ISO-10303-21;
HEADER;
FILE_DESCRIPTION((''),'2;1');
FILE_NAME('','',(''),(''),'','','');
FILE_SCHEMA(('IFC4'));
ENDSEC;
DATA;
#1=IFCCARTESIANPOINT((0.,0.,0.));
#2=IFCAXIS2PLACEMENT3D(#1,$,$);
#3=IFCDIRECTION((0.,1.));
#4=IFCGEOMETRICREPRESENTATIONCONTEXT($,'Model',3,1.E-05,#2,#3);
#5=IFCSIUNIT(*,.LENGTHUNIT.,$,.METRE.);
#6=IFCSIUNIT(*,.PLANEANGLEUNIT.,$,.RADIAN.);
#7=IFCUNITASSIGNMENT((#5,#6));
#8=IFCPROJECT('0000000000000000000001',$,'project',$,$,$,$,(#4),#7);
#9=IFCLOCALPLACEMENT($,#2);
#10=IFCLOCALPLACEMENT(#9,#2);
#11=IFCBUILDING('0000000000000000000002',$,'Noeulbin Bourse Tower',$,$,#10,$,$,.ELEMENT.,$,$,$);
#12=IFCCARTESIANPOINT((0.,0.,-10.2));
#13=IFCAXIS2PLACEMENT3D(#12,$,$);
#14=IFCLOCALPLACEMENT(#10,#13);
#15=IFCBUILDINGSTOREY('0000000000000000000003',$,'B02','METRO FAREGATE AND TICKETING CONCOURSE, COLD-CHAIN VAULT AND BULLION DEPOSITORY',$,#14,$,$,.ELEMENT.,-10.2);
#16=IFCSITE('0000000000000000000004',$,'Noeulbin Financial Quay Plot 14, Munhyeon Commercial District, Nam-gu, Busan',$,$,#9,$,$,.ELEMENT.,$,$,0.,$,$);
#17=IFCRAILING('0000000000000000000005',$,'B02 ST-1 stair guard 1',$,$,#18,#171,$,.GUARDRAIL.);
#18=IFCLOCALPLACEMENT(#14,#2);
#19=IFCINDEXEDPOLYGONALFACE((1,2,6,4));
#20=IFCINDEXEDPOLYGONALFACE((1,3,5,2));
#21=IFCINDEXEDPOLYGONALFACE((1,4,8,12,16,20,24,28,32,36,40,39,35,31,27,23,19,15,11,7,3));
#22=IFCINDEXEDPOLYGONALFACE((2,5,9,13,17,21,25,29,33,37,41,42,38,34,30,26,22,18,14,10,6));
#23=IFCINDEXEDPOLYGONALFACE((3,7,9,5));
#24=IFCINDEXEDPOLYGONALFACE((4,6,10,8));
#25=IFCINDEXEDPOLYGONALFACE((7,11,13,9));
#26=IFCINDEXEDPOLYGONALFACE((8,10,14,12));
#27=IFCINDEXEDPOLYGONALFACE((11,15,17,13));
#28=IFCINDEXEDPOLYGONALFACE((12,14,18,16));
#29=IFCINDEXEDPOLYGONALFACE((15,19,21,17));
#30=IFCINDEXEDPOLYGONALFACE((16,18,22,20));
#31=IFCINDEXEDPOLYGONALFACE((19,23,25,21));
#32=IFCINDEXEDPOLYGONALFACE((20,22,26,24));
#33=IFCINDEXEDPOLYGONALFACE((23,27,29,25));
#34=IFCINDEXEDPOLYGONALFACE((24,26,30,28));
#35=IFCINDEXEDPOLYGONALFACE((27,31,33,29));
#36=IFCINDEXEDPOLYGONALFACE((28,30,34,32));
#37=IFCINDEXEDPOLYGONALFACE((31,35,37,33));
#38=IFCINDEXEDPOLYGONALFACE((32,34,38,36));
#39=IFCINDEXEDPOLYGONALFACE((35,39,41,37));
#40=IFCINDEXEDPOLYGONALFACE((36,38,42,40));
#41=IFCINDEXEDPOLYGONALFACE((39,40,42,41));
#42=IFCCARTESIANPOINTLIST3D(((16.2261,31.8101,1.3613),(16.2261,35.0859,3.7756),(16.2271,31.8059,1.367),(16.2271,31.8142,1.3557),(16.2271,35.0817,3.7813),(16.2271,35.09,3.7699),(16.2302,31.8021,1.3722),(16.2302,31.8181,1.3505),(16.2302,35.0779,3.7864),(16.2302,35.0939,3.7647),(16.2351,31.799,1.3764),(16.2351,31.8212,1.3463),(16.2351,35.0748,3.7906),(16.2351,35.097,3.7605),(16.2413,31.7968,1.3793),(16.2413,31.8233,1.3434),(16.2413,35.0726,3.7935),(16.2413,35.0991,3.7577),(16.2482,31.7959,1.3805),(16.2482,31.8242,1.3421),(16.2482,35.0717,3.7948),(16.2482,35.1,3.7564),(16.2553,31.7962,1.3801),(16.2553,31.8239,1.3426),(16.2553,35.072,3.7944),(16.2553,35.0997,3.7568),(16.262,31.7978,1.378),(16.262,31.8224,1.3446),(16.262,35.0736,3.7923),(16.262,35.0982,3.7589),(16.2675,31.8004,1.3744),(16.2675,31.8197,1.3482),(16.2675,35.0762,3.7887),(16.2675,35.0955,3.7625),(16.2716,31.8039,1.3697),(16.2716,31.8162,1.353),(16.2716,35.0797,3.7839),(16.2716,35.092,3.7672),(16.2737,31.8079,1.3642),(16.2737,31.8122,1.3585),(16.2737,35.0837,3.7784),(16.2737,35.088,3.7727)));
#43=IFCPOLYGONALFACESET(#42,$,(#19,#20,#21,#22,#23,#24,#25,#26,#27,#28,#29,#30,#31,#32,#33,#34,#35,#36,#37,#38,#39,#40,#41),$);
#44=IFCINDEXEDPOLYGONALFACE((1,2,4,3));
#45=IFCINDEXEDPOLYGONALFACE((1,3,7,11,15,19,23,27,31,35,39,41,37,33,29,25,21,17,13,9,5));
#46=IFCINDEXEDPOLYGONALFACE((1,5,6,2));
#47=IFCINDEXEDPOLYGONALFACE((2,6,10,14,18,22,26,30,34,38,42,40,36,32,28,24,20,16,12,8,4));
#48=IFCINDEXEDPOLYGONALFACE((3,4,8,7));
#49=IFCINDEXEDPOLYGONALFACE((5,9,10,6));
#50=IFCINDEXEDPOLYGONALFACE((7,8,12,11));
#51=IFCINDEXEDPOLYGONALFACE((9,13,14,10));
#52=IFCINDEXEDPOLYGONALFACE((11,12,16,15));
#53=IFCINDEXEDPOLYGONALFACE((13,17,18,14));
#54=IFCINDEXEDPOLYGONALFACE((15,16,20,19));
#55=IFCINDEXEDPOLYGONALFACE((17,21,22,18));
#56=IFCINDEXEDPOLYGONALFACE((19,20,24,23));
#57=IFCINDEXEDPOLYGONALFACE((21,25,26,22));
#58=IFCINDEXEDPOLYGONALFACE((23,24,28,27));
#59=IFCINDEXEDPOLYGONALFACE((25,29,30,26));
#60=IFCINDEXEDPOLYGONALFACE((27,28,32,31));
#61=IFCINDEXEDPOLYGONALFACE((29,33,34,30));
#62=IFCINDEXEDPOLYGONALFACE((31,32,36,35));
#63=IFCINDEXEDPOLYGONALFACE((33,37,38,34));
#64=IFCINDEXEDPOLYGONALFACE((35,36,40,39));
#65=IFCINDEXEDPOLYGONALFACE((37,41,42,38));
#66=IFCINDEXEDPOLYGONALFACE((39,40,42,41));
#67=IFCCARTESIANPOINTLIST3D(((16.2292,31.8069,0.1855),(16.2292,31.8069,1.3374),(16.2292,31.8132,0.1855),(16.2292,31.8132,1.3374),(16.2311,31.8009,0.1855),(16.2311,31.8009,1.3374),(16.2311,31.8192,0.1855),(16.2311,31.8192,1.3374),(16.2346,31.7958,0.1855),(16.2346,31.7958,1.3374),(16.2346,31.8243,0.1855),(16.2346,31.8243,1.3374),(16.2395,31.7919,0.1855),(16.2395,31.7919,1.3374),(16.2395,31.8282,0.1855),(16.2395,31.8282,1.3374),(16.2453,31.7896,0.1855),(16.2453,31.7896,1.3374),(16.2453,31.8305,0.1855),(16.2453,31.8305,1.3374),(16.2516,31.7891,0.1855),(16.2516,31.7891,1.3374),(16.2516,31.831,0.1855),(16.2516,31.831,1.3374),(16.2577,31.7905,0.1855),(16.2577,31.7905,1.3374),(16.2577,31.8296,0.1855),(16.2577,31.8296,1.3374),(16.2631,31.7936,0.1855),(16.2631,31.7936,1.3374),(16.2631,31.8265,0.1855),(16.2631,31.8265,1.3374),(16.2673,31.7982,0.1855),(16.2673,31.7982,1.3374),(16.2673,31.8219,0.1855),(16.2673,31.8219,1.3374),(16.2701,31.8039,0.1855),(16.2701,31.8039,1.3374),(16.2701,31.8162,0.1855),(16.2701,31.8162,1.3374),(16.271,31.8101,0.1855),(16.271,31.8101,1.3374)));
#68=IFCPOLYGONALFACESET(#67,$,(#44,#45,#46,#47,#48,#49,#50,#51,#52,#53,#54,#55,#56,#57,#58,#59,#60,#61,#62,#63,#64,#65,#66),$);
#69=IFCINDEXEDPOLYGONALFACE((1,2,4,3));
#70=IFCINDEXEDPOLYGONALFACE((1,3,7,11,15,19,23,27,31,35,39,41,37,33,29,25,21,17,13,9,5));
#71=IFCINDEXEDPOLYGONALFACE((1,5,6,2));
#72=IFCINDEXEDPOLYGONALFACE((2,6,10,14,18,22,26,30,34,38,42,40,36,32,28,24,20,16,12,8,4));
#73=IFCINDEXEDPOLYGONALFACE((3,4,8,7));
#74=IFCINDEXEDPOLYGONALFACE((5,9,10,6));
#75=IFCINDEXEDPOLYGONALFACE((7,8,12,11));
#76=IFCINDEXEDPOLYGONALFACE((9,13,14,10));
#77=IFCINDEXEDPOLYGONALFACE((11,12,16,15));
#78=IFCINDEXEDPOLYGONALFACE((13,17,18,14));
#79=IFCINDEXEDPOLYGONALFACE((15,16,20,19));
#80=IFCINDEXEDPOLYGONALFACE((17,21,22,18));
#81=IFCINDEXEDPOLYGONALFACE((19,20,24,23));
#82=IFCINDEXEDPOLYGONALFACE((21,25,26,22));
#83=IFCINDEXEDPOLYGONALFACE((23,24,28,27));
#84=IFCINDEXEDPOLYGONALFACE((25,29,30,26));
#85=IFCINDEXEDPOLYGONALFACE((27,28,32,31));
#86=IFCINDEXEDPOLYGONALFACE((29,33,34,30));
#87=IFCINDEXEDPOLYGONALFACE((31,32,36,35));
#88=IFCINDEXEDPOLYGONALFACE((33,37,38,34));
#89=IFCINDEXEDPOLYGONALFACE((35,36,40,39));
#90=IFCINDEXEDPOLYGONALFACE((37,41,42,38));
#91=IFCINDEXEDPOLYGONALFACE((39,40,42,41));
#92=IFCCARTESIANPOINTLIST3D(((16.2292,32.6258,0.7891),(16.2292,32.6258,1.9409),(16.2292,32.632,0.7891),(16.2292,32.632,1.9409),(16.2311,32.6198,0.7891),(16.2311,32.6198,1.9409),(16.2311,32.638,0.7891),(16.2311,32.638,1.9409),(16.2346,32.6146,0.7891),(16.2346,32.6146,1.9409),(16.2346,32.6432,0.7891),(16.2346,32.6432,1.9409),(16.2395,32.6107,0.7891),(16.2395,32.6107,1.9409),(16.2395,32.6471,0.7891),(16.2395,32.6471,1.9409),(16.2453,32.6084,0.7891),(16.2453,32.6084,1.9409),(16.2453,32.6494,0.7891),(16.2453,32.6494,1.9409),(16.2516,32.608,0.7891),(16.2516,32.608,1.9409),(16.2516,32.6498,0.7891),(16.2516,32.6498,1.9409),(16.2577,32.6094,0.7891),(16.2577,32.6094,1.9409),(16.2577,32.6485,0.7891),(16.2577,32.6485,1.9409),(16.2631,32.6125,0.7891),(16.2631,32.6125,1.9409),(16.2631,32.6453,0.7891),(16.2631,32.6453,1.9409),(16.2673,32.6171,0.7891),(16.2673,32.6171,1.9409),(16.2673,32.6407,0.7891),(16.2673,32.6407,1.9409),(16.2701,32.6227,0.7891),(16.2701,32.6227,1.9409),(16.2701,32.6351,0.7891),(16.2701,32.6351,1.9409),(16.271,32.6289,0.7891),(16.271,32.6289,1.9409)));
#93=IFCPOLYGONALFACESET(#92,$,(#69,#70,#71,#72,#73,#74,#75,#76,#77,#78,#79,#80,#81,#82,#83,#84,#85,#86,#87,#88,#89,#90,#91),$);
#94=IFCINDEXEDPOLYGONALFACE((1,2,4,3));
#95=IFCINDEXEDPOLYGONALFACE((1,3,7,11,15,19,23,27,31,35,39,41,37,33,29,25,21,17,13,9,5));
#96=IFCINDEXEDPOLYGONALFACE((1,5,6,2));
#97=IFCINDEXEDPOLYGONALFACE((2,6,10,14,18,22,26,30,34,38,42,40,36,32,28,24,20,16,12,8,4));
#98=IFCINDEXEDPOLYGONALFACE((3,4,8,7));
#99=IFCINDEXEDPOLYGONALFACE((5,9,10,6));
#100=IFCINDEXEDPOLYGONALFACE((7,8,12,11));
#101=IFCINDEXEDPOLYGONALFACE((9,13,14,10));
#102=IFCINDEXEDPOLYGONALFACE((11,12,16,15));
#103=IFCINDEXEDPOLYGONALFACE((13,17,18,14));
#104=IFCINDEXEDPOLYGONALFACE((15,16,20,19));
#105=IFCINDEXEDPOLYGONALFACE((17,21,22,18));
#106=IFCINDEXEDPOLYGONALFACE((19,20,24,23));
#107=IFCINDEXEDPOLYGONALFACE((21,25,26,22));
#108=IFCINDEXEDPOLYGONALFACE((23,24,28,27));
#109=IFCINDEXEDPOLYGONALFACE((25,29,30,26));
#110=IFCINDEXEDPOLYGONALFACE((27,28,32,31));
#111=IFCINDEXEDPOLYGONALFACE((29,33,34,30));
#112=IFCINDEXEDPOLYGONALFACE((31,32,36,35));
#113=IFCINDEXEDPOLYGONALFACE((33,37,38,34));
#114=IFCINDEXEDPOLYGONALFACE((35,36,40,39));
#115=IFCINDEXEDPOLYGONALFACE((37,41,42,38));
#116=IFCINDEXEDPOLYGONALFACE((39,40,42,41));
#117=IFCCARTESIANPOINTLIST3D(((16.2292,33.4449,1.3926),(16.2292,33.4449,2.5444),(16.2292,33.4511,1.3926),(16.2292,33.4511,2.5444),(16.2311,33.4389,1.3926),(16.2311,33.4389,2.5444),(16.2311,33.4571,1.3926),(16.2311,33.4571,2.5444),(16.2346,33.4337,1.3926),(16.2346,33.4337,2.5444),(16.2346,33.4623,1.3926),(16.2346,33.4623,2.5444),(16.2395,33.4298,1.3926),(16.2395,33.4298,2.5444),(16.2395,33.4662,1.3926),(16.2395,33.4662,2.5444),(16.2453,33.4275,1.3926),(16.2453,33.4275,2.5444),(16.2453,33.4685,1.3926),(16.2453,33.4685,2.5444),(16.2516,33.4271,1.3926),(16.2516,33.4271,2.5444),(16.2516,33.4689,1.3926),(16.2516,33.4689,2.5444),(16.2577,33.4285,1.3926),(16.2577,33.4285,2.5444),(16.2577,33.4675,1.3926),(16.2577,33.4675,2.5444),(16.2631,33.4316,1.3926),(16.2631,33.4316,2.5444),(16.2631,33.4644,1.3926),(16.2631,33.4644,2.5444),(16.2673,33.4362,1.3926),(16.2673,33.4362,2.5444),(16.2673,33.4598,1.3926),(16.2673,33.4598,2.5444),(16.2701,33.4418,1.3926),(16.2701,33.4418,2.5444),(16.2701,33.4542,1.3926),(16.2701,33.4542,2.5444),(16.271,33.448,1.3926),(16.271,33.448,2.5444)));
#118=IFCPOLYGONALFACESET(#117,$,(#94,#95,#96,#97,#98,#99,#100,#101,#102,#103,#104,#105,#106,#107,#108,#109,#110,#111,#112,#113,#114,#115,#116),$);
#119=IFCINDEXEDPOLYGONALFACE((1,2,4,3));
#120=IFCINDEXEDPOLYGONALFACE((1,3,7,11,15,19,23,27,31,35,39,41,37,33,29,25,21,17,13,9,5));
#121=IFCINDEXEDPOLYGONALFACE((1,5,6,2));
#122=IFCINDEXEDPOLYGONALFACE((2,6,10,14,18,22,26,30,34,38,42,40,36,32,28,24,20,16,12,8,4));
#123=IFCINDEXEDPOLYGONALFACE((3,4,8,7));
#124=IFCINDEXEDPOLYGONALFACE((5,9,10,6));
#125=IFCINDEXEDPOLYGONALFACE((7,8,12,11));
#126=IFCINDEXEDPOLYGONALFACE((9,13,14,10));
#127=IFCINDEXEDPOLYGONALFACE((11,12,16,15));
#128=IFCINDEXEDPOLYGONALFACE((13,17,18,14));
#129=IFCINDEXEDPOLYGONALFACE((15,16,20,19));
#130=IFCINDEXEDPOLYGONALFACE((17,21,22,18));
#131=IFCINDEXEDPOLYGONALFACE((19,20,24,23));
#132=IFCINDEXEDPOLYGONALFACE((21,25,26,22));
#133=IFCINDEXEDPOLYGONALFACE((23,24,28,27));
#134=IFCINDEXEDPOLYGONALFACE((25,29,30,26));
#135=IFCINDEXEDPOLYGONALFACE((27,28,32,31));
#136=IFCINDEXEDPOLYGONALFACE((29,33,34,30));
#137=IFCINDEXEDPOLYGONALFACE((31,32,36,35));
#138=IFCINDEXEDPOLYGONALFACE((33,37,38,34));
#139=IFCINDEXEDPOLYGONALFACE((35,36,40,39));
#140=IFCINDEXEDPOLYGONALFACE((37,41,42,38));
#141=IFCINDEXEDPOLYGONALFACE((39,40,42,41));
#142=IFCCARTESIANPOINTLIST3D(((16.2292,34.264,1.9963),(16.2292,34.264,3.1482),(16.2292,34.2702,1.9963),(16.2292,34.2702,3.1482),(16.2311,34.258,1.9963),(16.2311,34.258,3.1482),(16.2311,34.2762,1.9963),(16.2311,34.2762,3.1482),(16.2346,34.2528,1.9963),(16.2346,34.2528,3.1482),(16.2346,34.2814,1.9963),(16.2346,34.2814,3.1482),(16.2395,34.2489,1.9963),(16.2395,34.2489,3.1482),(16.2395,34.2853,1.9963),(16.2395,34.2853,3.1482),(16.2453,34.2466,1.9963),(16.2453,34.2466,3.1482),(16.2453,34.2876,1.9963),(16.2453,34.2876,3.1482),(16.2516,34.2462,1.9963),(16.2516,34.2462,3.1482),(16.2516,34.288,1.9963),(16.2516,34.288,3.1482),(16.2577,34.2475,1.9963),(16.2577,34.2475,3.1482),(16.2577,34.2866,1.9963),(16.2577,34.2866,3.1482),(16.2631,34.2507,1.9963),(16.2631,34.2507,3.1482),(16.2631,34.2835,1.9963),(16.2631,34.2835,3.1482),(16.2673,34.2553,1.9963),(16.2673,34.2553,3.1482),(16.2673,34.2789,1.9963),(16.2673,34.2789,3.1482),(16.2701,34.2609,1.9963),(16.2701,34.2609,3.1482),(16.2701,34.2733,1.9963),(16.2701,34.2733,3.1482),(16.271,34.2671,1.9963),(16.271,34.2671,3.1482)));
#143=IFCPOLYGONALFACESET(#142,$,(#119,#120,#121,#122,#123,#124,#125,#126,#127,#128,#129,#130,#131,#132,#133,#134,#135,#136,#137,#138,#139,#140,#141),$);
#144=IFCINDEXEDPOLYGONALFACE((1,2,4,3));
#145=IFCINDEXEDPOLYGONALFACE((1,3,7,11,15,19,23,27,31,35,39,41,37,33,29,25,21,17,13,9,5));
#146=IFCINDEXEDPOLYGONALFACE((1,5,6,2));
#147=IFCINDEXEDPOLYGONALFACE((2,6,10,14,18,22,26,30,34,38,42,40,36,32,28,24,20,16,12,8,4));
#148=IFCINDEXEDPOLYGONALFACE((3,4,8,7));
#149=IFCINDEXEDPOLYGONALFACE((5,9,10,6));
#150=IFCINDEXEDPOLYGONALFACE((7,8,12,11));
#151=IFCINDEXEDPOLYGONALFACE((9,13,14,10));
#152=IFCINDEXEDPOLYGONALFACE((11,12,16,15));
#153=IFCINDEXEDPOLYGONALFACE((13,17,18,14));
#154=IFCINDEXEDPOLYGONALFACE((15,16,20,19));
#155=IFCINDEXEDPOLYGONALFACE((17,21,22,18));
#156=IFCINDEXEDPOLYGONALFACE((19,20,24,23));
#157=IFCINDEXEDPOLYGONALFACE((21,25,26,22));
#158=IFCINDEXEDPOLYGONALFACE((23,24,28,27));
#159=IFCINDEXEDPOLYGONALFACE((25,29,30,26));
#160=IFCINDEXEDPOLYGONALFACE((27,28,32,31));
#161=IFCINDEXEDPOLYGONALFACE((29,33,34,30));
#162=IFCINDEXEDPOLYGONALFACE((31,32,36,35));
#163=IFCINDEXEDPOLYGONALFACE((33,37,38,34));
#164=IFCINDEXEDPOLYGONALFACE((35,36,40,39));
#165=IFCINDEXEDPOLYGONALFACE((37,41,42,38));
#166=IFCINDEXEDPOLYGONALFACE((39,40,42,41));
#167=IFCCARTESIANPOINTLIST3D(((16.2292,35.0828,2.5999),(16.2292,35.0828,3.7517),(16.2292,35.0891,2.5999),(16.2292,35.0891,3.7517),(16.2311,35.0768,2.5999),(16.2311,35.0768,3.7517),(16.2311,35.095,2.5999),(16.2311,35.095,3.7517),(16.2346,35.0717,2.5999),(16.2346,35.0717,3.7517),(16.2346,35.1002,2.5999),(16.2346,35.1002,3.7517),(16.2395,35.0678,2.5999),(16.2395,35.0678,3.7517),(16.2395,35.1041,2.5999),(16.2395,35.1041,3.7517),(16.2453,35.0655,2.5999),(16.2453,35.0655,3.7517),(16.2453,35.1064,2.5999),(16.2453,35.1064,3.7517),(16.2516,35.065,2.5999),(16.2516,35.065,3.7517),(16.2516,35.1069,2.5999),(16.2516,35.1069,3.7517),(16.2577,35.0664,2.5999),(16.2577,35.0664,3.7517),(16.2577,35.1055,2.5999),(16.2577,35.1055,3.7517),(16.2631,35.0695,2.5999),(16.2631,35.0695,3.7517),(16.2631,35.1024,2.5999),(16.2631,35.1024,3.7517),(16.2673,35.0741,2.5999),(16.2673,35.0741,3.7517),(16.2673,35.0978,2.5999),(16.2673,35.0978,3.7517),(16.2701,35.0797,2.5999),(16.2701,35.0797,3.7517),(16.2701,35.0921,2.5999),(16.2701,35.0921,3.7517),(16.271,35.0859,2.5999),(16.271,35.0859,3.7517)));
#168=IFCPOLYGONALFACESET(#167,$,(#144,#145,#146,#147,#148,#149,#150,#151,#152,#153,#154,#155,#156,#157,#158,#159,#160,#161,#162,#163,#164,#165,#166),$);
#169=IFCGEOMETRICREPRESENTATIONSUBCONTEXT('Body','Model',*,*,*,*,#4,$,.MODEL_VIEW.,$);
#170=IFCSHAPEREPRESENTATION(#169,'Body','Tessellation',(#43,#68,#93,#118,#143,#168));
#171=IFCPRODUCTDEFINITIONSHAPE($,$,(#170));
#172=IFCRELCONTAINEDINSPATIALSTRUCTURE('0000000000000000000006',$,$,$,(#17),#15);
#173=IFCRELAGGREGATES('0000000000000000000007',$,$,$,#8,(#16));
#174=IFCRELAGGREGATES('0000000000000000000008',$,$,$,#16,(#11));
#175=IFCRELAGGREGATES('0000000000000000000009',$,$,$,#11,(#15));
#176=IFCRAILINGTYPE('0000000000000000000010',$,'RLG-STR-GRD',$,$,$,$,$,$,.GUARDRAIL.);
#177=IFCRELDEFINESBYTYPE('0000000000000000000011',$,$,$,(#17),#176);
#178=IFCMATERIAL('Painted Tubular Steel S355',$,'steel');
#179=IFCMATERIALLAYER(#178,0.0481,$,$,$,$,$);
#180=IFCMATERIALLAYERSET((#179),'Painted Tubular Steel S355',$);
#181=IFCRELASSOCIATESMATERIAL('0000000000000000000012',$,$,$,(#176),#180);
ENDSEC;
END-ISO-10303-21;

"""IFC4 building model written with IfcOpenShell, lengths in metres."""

from ifc_helpers import new_model, si_unit, direction, frame, origin, origin_2d, place, context, subcontext, project, spatial, circle, extrude, material, layer, layer_set, type_object, element, save


model = new_model("IFC4")

# Units and contexts
model_context = context("Model", 3, precision=1e-05, world=origin(), true_north=direction((0.0, 1.0)))
body_context = subcontext(model_context, "Body", "Model", "MODEL_VIEW")
ifc_project = project(units=[si_unit("LENGTHUNIT", "METRE"), si_unit("PLANEANGLEUNIT", "RADIAN")], contexts=[model_context])

# Site, building, storey
site_placement = place(None, origin())
site = spatial("IfcSite", under=ifc_project, at=site_placement, Name="Noeulbin Financial Quay Plot 14, Munhyeon Commercial District, Nam-gu, Busan", CompositionType="ELEMENT", RefElevation=0.0)
building_placement = place(site_placement, origin())
building = spatial("IfcBuilding", under=site, at=building_placement, Name="Noeulbin Bourse Tower", CompositionType="ELEMENT")
storey_placement = place(building_placement, frame((0.0, 0.0, -10.2)))
storey = spatial("IfcBuildingStorey", under=building, at=storey_placement, Name="B02", Description="METRO FAREGATE AND TICKETING CONCOURSE, COLD-CHAIN VAULT AND BULLION DEPOSITORY", CompositionType="ELEMENT", Elevation=-10.2)

# Railing
ifc_material_1 = material(Name="Painted Tubular Steel S355", Category="steel")
ifc_layer_1 = layer(ifc_material_1, 0.0481)
ifc_layer_set_1 = layer_set([ifc_layer_1], Name="Painted Tubular Steel S355")
railing_type_1 = type_object("IfcRailingType", Name="RLG-STR-GRD", PredefinedType="GUARDRAIL", material=ifc_layer_set_1)
railing_1_placement = place(storey_placement, frame((16.25, 31.8101, 0.1855)))
element("IfcRailing", 1, at=railing_1_placement, inside=storey, type_object=railing_type_1, Name="B02 ST-1 stair guard 1", PredefinedType="GUARDRAIL", context=body_context, shape_type="SweptSolid", body=[
    extrude(circle(Radius=0.0239, at=origin_2d()), frame((0.0, 0.0, 1.1758), z_axis=(0.0, 0.804997, 0.593279), x_axis=(-1.0, 0.0, 0.0)), (0.0, 0.0, 1.0), 4.0693),
    extrude(circle(Radius=0.021, at=origin_2d()), origin(), (0.0, 0.0, 1.0), 1.1519),
    extrude(circle(Radius=0.021, at=origin_2d()), frame((0.0, 0.8188, 0.6035)), (0.0, 0.0, 1.0), 1.1519),
    extrude(circle(Radius=0.021, at=origin_2d()), frame((0.0, 1.6379, 1.207)), (0.0, 0.0, 1.0), 1.1519),
    extrude(circle(Radius=0.021, at=origin_2d()), frame((0.0, 2.457, 1.8108)), (0.0, 0.0, 1.0), 1.1519),
    extrude(circle(Radius=0.021, at=origin_2d()), frame((0.0, 3.2759, 2.4143)), (0.0, 0.0, 1.0), 1.1519),
])

save(model, "model.ifc")
